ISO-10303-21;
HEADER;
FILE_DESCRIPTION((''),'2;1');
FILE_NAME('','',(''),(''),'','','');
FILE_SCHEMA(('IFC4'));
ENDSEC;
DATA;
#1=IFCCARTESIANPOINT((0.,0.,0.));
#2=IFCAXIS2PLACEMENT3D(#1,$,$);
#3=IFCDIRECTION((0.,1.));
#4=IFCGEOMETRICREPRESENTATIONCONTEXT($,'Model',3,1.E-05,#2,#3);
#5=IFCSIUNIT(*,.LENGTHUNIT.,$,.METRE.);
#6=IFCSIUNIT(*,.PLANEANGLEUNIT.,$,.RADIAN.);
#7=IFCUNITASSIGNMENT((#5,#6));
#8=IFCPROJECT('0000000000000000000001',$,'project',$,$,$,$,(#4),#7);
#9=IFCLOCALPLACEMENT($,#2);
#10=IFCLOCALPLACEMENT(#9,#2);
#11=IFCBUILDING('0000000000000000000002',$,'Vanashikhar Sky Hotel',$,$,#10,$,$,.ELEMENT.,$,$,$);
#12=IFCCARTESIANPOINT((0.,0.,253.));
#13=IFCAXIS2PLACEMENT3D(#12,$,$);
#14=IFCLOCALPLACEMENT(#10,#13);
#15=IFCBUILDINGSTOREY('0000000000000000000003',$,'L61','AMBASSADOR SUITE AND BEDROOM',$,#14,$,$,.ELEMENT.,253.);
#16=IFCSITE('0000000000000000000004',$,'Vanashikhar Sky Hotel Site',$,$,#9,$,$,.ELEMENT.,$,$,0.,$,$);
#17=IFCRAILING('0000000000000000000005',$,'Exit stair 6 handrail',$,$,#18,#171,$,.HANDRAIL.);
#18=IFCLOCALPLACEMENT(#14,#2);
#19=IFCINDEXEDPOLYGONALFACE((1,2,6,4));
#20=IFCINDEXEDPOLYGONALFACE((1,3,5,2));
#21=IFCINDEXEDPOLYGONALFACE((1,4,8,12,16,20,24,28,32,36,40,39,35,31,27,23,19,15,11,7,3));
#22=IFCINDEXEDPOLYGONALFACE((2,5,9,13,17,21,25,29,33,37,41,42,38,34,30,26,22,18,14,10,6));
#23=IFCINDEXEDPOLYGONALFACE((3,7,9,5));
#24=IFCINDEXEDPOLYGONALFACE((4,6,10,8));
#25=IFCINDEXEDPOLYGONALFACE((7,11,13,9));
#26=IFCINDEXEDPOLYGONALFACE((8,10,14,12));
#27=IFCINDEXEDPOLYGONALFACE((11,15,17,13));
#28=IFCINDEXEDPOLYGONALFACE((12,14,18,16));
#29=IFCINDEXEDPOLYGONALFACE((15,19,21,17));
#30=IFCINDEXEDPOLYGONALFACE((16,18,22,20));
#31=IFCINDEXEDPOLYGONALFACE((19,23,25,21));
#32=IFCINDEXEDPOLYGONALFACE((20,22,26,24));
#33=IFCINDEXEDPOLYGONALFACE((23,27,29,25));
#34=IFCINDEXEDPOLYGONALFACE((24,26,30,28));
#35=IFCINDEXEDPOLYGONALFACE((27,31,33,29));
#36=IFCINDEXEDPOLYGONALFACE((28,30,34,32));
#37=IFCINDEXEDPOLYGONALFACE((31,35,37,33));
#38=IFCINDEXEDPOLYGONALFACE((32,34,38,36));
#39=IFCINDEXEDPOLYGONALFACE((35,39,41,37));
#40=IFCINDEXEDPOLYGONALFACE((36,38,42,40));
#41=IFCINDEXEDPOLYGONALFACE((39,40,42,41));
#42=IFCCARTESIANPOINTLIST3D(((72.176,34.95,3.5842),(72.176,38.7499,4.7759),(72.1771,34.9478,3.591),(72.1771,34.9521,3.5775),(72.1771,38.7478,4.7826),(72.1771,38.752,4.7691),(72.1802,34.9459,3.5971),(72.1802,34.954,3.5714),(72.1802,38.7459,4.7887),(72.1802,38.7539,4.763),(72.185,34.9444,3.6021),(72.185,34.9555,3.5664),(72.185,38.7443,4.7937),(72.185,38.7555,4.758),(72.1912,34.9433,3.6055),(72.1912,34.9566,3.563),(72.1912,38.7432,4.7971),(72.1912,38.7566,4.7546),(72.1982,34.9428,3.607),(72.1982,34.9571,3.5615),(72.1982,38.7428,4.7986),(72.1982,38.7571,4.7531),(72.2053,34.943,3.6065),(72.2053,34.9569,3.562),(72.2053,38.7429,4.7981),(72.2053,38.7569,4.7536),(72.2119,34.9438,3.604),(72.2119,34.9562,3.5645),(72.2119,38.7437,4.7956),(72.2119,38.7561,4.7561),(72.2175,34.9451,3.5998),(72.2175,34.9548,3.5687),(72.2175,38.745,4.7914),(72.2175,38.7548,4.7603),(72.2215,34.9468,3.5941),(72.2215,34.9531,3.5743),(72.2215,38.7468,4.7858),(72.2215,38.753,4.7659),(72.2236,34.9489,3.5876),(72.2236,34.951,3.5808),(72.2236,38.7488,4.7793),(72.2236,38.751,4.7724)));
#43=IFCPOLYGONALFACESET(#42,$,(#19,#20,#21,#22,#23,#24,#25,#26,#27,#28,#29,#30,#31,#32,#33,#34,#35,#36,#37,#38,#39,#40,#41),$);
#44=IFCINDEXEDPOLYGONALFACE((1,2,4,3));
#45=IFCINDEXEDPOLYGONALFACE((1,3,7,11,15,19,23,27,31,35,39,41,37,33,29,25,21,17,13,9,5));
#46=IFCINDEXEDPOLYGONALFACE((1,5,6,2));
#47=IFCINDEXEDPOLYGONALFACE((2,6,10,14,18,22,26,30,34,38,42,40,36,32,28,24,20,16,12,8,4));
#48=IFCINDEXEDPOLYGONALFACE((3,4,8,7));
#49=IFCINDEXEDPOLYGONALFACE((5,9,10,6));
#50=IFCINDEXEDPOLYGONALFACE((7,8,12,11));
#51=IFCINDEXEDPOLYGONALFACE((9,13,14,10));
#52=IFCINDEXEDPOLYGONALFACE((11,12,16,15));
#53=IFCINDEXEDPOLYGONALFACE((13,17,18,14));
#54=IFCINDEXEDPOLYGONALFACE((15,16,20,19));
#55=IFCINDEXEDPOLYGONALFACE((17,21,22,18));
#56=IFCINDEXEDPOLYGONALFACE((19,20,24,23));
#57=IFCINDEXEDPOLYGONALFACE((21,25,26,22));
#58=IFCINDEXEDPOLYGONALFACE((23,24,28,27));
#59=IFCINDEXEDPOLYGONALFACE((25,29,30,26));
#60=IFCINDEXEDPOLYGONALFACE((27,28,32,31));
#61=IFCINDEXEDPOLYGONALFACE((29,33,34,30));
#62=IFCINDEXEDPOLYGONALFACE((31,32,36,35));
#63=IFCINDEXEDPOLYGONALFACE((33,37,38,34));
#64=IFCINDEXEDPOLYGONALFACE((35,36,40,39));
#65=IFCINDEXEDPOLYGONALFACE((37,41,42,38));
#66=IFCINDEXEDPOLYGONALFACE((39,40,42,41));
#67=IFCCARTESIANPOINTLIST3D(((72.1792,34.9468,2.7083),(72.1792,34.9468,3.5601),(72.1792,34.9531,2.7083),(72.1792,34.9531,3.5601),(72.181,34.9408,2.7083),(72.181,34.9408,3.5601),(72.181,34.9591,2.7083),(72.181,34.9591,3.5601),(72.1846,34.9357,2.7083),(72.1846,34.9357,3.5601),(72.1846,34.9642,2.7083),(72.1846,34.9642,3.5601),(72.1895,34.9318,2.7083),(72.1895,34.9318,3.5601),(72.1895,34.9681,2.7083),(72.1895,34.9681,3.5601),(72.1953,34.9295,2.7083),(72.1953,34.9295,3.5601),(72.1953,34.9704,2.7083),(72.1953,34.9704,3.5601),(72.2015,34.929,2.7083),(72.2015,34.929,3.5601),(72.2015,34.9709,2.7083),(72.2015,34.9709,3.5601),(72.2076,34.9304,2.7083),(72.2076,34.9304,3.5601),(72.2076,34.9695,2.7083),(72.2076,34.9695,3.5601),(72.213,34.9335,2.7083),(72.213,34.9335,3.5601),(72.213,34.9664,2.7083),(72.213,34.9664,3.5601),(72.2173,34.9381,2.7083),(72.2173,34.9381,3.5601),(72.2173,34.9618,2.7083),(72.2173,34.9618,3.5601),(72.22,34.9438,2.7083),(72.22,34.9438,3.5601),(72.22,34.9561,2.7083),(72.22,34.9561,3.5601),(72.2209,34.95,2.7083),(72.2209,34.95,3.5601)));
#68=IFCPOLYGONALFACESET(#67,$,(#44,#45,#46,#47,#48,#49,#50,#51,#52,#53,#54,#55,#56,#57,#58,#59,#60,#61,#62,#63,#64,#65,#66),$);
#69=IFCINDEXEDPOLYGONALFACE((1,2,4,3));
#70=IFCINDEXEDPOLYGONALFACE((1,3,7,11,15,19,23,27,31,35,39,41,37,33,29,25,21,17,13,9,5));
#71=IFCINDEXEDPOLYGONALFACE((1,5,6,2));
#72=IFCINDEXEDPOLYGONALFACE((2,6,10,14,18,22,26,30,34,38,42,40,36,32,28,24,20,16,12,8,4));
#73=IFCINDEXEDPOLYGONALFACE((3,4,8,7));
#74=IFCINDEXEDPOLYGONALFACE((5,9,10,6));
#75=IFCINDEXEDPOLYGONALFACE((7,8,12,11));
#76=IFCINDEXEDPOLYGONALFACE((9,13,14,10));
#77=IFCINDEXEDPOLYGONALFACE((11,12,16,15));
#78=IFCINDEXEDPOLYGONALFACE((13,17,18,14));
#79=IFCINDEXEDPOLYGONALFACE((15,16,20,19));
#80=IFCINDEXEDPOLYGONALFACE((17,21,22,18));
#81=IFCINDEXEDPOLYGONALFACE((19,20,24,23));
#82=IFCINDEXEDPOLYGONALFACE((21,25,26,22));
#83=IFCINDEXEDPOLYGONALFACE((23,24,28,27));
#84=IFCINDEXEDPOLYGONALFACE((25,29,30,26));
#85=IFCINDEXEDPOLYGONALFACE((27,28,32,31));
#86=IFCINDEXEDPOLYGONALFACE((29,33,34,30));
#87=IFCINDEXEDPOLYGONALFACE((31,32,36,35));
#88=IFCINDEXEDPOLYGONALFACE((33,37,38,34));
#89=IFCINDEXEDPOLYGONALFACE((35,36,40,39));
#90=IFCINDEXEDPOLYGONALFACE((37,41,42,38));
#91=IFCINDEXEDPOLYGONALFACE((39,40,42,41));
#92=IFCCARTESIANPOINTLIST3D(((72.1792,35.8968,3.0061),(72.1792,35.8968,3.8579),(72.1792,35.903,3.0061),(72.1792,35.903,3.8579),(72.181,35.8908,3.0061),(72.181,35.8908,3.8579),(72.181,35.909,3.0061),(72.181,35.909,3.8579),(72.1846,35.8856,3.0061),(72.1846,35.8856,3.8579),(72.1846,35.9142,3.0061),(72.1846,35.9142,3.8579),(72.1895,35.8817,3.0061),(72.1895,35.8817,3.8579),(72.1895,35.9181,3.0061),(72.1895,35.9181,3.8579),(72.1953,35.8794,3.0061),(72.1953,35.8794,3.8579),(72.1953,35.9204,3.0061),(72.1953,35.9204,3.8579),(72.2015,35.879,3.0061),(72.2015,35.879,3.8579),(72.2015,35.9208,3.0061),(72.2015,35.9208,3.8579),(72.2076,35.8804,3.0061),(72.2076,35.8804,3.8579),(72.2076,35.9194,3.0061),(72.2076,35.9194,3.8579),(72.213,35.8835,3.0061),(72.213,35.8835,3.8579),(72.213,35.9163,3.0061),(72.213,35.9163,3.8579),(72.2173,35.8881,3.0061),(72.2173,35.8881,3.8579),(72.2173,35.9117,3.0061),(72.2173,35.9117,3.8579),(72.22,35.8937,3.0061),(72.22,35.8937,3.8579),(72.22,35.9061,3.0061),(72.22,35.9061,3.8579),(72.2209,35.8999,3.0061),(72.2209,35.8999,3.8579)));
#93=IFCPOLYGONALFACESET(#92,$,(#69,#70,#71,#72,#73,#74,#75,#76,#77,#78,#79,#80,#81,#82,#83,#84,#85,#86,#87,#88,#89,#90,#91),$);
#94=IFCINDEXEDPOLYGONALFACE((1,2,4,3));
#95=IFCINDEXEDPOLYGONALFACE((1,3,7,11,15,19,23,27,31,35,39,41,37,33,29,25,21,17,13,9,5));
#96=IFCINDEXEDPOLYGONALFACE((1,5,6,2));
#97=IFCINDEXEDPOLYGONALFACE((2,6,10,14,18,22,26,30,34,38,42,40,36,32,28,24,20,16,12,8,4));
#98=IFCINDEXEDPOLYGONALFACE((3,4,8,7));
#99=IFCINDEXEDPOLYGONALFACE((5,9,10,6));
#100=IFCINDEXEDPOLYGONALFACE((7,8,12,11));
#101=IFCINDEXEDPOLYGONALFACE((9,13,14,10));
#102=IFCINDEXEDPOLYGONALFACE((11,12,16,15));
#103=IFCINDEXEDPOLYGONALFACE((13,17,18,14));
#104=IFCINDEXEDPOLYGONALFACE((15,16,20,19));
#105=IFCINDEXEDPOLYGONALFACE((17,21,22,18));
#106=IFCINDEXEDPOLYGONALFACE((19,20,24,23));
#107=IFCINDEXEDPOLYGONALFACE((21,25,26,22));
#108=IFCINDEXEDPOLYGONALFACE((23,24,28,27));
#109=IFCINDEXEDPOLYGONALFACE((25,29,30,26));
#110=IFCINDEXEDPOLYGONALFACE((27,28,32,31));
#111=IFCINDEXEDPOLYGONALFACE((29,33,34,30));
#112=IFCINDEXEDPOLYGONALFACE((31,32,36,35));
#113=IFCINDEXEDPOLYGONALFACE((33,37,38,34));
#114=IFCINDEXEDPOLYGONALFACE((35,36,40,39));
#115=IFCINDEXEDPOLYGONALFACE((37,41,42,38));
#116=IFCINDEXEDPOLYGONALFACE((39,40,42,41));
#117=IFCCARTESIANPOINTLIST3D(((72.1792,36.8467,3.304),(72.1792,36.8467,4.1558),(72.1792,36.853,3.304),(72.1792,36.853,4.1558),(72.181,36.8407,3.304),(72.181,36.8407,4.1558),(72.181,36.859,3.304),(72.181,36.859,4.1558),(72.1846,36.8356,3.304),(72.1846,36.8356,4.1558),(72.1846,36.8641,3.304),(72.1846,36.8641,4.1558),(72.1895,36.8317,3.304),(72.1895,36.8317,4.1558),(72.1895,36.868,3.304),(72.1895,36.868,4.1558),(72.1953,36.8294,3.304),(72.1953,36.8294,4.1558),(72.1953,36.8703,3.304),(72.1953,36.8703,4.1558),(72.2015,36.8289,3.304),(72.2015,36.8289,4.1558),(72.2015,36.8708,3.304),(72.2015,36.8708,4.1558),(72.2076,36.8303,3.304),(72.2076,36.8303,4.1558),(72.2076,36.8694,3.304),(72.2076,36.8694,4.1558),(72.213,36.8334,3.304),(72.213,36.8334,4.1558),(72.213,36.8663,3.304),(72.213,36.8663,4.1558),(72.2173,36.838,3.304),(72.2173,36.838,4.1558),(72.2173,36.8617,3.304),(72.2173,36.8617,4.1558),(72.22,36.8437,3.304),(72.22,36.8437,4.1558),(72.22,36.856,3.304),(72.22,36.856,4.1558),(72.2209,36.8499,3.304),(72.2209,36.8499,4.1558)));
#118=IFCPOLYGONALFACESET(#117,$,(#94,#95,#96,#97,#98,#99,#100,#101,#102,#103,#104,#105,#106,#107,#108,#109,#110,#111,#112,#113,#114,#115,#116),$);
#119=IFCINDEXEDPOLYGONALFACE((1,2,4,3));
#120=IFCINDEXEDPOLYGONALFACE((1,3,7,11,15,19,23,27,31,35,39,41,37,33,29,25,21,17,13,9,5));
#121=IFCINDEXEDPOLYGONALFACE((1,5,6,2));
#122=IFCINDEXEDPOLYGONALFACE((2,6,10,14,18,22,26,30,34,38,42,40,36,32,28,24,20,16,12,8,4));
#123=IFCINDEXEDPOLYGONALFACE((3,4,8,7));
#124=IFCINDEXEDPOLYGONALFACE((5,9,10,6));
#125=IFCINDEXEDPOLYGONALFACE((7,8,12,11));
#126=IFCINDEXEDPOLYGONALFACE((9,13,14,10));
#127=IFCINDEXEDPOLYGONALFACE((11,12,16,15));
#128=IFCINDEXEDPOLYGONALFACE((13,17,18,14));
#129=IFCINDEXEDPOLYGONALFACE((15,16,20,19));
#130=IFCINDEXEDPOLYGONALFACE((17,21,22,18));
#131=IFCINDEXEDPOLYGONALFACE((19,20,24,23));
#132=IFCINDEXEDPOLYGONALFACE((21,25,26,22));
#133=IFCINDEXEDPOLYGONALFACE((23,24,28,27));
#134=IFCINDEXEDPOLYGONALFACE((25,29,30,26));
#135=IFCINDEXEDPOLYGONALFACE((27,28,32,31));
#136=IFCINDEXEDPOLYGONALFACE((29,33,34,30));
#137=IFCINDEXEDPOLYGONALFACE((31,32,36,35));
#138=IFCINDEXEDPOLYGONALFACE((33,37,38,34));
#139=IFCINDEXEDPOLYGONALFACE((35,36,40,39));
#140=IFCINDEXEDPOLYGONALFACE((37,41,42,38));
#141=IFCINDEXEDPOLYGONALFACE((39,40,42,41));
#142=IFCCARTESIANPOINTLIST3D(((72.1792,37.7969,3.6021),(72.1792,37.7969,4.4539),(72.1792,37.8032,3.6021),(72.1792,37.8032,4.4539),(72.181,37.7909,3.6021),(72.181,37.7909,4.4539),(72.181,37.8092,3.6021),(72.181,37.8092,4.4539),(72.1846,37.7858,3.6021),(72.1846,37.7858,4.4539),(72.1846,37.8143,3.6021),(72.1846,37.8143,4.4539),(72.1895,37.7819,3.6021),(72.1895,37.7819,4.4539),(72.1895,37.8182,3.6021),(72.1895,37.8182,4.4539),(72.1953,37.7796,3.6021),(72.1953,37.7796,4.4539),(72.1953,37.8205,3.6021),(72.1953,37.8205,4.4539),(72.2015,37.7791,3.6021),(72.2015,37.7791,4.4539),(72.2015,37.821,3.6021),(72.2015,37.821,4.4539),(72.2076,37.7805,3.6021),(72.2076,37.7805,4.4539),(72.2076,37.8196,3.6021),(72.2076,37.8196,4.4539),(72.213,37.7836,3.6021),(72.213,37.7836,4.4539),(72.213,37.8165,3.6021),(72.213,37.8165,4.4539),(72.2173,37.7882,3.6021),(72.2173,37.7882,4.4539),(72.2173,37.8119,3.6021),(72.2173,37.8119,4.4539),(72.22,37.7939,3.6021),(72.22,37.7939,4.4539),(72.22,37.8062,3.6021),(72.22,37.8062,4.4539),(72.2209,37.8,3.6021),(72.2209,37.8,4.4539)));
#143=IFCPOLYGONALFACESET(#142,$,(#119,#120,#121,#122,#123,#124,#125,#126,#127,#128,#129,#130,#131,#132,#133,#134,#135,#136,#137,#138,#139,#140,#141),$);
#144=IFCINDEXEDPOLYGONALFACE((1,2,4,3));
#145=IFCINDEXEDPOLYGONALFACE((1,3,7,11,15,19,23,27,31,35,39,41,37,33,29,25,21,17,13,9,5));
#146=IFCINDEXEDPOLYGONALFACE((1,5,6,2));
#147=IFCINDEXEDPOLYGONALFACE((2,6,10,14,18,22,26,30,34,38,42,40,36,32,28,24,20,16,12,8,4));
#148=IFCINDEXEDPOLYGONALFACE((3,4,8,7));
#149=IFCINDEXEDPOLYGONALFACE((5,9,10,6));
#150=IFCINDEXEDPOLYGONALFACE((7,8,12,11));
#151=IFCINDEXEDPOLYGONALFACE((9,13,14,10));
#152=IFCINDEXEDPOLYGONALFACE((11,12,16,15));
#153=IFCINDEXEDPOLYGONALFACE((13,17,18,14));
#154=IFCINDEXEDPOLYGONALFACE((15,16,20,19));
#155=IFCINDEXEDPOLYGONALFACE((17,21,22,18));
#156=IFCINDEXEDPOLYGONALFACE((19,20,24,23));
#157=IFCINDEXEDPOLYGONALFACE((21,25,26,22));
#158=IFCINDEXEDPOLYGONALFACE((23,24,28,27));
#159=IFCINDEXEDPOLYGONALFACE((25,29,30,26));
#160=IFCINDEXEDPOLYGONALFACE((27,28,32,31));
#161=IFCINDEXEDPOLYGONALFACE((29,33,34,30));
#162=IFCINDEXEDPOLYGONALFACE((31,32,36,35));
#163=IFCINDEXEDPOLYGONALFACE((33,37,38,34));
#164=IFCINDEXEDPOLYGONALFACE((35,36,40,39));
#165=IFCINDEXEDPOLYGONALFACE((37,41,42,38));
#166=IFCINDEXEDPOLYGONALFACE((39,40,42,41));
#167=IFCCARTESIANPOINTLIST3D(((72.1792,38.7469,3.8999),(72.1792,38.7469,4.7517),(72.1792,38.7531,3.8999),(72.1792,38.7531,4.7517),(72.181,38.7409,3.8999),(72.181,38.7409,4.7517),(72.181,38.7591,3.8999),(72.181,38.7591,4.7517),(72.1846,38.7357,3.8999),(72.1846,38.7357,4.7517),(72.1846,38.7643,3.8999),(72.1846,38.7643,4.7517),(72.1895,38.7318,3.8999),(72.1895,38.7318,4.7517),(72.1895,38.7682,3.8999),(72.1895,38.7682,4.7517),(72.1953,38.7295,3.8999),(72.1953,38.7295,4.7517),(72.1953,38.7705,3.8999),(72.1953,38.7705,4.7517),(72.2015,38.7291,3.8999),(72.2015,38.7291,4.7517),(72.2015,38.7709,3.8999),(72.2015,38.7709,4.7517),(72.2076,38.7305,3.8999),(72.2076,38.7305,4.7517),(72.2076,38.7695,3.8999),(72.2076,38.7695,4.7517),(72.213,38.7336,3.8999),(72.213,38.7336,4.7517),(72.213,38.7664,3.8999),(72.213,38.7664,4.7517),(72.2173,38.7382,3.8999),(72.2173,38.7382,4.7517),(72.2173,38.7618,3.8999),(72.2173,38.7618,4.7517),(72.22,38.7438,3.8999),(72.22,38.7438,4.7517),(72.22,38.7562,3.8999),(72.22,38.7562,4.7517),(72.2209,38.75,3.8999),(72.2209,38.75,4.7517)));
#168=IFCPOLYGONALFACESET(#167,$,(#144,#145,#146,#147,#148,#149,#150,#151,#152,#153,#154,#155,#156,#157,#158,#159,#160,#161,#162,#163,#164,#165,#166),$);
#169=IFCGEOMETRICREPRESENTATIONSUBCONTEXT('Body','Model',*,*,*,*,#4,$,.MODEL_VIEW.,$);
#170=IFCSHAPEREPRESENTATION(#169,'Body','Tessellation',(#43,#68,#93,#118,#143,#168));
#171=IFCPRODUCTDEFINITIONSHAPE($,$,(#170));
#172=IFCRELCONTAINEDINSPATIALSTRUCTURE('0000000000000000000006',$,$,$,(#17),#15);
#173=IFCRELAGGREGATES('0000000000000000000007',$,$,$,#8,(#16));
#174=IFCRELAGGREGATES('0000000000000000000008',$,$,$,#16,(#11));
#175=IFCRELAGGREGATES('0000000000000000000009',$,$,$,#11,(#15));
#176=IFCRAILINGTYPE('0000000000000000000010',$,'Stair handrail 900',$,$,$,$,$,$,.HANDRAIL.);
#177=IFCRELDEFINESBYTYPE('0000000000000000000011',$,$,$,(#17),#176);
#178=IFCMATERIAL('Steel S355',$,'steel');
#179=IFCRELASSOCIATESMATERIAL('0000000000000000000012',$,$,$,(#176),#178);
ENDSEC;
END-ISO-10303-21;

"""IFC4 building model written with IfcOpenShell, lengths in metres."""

from ifc_helpers import new_model, si_unit, direction, frame, origin, origin_2d, place, context, subcontext, project, spatial, circle, extrude, source, transform, mapped, material, type_object, element, save


model = new_model("IFC4")

# Units and contexts
model_context = context("Model", 3, precision=1e-05, world=origin(), true_north=direction((0.0, 1.0)))
body_context = subcontext(model_context, "Body", "Model", "MODEL_VIEW")
ifc_project = project(units=[si_unit("LENGTHUNIT", "METRE"), si_unit("PLANEANGLEUNIT", "RADIAN")], contexts=[model_context])

# Site, building, storey
site_placement = place(None, origin())
site = spatial("IfcSite", under=ifc_project, at=site_placement, Name="Vanashikhar Sky Hotel Site", CompositionType="ELEMENT", RefElevation=0.0)
building_placement = place(site_placement, origin())
building = spatial("IfcBuilding", under=site, at=building_placement, Name="Vanashikhar Sky Hotel", CompositionType="ELEMENT")
storey_placement = place(building_placement, frame((0.0, 0.0, 253.0)))
storey = spatial("IfcBuildingStorey", under=building, at=storey_placement, Name="L61", Description="AMBASSADOR SUITE AND BEDROOM", CompositionType="ELEMENT", Elevation=253.0)

# Railing
ifc_material_1 = material(Name="Steel S355", Category="steel")
railing_type_1 = type_object("IfcRailingType", Name="Stair handrail 900", PredefinedType="HANDRAIL", material=ifc_material_1)
shared_shape_1 = source(origin(), body_context, "Body", "SweptSolid", [
    extrude(circle(Radius=0.0239, at=origin_2d()), frame((0.0, 0.0, 0.876), z_axis=(0.0, 0.954184, 0.299221), x_axis=(-1.0, 0.0, 0.0)), (0.0, 0.0, 1.0), 3.9824),
    extrude(circle(Radius=0.021, at=origin_2d()), origin(), (0.0, 0.0, 1.0), 0.8518),
    extrude(circle(Radius=0.021, at=origin_2d()), frame((0.0, 0.95, 0.2979)), (0.0, 0.0, 1.0), 0.8518),
    extrude(circle(Radius=0.021, at=origin_2d()), frame((0.0, 1.8999, 0.5957)), (0.0, 0.0, 1.0), 0.8518),
    extrude(circle(Radius=0.021, at=origin_2d()), frame((0.0, 2.8501, 0.8938)), (0.0, 0.0, 1.0), 0.8518),
    extrude(circle(Radius=0.021, at=origin_2d()), frame((0.0, 3.8, 1.1917)), (0.0, 0.0, 1.0), 0.8518),
])
for number, where, name in (
    (1, (72.2, 34.95, 2.7083), "Exit stair 6 handrail"),
):
    element("IfcRailing", number, at=place(storey_placement, frame(where)), inside=storey, type_object=railing_type_1, Name=name, PredefinedType="HANDRAIL", context=body_context, shape_type="MappedRepresentation", body=[
        mapped(shared_shape_1, transform((0.0, 0.0, 0.0), scale=1.0)),
    ])

save(model, "model.ifc")
